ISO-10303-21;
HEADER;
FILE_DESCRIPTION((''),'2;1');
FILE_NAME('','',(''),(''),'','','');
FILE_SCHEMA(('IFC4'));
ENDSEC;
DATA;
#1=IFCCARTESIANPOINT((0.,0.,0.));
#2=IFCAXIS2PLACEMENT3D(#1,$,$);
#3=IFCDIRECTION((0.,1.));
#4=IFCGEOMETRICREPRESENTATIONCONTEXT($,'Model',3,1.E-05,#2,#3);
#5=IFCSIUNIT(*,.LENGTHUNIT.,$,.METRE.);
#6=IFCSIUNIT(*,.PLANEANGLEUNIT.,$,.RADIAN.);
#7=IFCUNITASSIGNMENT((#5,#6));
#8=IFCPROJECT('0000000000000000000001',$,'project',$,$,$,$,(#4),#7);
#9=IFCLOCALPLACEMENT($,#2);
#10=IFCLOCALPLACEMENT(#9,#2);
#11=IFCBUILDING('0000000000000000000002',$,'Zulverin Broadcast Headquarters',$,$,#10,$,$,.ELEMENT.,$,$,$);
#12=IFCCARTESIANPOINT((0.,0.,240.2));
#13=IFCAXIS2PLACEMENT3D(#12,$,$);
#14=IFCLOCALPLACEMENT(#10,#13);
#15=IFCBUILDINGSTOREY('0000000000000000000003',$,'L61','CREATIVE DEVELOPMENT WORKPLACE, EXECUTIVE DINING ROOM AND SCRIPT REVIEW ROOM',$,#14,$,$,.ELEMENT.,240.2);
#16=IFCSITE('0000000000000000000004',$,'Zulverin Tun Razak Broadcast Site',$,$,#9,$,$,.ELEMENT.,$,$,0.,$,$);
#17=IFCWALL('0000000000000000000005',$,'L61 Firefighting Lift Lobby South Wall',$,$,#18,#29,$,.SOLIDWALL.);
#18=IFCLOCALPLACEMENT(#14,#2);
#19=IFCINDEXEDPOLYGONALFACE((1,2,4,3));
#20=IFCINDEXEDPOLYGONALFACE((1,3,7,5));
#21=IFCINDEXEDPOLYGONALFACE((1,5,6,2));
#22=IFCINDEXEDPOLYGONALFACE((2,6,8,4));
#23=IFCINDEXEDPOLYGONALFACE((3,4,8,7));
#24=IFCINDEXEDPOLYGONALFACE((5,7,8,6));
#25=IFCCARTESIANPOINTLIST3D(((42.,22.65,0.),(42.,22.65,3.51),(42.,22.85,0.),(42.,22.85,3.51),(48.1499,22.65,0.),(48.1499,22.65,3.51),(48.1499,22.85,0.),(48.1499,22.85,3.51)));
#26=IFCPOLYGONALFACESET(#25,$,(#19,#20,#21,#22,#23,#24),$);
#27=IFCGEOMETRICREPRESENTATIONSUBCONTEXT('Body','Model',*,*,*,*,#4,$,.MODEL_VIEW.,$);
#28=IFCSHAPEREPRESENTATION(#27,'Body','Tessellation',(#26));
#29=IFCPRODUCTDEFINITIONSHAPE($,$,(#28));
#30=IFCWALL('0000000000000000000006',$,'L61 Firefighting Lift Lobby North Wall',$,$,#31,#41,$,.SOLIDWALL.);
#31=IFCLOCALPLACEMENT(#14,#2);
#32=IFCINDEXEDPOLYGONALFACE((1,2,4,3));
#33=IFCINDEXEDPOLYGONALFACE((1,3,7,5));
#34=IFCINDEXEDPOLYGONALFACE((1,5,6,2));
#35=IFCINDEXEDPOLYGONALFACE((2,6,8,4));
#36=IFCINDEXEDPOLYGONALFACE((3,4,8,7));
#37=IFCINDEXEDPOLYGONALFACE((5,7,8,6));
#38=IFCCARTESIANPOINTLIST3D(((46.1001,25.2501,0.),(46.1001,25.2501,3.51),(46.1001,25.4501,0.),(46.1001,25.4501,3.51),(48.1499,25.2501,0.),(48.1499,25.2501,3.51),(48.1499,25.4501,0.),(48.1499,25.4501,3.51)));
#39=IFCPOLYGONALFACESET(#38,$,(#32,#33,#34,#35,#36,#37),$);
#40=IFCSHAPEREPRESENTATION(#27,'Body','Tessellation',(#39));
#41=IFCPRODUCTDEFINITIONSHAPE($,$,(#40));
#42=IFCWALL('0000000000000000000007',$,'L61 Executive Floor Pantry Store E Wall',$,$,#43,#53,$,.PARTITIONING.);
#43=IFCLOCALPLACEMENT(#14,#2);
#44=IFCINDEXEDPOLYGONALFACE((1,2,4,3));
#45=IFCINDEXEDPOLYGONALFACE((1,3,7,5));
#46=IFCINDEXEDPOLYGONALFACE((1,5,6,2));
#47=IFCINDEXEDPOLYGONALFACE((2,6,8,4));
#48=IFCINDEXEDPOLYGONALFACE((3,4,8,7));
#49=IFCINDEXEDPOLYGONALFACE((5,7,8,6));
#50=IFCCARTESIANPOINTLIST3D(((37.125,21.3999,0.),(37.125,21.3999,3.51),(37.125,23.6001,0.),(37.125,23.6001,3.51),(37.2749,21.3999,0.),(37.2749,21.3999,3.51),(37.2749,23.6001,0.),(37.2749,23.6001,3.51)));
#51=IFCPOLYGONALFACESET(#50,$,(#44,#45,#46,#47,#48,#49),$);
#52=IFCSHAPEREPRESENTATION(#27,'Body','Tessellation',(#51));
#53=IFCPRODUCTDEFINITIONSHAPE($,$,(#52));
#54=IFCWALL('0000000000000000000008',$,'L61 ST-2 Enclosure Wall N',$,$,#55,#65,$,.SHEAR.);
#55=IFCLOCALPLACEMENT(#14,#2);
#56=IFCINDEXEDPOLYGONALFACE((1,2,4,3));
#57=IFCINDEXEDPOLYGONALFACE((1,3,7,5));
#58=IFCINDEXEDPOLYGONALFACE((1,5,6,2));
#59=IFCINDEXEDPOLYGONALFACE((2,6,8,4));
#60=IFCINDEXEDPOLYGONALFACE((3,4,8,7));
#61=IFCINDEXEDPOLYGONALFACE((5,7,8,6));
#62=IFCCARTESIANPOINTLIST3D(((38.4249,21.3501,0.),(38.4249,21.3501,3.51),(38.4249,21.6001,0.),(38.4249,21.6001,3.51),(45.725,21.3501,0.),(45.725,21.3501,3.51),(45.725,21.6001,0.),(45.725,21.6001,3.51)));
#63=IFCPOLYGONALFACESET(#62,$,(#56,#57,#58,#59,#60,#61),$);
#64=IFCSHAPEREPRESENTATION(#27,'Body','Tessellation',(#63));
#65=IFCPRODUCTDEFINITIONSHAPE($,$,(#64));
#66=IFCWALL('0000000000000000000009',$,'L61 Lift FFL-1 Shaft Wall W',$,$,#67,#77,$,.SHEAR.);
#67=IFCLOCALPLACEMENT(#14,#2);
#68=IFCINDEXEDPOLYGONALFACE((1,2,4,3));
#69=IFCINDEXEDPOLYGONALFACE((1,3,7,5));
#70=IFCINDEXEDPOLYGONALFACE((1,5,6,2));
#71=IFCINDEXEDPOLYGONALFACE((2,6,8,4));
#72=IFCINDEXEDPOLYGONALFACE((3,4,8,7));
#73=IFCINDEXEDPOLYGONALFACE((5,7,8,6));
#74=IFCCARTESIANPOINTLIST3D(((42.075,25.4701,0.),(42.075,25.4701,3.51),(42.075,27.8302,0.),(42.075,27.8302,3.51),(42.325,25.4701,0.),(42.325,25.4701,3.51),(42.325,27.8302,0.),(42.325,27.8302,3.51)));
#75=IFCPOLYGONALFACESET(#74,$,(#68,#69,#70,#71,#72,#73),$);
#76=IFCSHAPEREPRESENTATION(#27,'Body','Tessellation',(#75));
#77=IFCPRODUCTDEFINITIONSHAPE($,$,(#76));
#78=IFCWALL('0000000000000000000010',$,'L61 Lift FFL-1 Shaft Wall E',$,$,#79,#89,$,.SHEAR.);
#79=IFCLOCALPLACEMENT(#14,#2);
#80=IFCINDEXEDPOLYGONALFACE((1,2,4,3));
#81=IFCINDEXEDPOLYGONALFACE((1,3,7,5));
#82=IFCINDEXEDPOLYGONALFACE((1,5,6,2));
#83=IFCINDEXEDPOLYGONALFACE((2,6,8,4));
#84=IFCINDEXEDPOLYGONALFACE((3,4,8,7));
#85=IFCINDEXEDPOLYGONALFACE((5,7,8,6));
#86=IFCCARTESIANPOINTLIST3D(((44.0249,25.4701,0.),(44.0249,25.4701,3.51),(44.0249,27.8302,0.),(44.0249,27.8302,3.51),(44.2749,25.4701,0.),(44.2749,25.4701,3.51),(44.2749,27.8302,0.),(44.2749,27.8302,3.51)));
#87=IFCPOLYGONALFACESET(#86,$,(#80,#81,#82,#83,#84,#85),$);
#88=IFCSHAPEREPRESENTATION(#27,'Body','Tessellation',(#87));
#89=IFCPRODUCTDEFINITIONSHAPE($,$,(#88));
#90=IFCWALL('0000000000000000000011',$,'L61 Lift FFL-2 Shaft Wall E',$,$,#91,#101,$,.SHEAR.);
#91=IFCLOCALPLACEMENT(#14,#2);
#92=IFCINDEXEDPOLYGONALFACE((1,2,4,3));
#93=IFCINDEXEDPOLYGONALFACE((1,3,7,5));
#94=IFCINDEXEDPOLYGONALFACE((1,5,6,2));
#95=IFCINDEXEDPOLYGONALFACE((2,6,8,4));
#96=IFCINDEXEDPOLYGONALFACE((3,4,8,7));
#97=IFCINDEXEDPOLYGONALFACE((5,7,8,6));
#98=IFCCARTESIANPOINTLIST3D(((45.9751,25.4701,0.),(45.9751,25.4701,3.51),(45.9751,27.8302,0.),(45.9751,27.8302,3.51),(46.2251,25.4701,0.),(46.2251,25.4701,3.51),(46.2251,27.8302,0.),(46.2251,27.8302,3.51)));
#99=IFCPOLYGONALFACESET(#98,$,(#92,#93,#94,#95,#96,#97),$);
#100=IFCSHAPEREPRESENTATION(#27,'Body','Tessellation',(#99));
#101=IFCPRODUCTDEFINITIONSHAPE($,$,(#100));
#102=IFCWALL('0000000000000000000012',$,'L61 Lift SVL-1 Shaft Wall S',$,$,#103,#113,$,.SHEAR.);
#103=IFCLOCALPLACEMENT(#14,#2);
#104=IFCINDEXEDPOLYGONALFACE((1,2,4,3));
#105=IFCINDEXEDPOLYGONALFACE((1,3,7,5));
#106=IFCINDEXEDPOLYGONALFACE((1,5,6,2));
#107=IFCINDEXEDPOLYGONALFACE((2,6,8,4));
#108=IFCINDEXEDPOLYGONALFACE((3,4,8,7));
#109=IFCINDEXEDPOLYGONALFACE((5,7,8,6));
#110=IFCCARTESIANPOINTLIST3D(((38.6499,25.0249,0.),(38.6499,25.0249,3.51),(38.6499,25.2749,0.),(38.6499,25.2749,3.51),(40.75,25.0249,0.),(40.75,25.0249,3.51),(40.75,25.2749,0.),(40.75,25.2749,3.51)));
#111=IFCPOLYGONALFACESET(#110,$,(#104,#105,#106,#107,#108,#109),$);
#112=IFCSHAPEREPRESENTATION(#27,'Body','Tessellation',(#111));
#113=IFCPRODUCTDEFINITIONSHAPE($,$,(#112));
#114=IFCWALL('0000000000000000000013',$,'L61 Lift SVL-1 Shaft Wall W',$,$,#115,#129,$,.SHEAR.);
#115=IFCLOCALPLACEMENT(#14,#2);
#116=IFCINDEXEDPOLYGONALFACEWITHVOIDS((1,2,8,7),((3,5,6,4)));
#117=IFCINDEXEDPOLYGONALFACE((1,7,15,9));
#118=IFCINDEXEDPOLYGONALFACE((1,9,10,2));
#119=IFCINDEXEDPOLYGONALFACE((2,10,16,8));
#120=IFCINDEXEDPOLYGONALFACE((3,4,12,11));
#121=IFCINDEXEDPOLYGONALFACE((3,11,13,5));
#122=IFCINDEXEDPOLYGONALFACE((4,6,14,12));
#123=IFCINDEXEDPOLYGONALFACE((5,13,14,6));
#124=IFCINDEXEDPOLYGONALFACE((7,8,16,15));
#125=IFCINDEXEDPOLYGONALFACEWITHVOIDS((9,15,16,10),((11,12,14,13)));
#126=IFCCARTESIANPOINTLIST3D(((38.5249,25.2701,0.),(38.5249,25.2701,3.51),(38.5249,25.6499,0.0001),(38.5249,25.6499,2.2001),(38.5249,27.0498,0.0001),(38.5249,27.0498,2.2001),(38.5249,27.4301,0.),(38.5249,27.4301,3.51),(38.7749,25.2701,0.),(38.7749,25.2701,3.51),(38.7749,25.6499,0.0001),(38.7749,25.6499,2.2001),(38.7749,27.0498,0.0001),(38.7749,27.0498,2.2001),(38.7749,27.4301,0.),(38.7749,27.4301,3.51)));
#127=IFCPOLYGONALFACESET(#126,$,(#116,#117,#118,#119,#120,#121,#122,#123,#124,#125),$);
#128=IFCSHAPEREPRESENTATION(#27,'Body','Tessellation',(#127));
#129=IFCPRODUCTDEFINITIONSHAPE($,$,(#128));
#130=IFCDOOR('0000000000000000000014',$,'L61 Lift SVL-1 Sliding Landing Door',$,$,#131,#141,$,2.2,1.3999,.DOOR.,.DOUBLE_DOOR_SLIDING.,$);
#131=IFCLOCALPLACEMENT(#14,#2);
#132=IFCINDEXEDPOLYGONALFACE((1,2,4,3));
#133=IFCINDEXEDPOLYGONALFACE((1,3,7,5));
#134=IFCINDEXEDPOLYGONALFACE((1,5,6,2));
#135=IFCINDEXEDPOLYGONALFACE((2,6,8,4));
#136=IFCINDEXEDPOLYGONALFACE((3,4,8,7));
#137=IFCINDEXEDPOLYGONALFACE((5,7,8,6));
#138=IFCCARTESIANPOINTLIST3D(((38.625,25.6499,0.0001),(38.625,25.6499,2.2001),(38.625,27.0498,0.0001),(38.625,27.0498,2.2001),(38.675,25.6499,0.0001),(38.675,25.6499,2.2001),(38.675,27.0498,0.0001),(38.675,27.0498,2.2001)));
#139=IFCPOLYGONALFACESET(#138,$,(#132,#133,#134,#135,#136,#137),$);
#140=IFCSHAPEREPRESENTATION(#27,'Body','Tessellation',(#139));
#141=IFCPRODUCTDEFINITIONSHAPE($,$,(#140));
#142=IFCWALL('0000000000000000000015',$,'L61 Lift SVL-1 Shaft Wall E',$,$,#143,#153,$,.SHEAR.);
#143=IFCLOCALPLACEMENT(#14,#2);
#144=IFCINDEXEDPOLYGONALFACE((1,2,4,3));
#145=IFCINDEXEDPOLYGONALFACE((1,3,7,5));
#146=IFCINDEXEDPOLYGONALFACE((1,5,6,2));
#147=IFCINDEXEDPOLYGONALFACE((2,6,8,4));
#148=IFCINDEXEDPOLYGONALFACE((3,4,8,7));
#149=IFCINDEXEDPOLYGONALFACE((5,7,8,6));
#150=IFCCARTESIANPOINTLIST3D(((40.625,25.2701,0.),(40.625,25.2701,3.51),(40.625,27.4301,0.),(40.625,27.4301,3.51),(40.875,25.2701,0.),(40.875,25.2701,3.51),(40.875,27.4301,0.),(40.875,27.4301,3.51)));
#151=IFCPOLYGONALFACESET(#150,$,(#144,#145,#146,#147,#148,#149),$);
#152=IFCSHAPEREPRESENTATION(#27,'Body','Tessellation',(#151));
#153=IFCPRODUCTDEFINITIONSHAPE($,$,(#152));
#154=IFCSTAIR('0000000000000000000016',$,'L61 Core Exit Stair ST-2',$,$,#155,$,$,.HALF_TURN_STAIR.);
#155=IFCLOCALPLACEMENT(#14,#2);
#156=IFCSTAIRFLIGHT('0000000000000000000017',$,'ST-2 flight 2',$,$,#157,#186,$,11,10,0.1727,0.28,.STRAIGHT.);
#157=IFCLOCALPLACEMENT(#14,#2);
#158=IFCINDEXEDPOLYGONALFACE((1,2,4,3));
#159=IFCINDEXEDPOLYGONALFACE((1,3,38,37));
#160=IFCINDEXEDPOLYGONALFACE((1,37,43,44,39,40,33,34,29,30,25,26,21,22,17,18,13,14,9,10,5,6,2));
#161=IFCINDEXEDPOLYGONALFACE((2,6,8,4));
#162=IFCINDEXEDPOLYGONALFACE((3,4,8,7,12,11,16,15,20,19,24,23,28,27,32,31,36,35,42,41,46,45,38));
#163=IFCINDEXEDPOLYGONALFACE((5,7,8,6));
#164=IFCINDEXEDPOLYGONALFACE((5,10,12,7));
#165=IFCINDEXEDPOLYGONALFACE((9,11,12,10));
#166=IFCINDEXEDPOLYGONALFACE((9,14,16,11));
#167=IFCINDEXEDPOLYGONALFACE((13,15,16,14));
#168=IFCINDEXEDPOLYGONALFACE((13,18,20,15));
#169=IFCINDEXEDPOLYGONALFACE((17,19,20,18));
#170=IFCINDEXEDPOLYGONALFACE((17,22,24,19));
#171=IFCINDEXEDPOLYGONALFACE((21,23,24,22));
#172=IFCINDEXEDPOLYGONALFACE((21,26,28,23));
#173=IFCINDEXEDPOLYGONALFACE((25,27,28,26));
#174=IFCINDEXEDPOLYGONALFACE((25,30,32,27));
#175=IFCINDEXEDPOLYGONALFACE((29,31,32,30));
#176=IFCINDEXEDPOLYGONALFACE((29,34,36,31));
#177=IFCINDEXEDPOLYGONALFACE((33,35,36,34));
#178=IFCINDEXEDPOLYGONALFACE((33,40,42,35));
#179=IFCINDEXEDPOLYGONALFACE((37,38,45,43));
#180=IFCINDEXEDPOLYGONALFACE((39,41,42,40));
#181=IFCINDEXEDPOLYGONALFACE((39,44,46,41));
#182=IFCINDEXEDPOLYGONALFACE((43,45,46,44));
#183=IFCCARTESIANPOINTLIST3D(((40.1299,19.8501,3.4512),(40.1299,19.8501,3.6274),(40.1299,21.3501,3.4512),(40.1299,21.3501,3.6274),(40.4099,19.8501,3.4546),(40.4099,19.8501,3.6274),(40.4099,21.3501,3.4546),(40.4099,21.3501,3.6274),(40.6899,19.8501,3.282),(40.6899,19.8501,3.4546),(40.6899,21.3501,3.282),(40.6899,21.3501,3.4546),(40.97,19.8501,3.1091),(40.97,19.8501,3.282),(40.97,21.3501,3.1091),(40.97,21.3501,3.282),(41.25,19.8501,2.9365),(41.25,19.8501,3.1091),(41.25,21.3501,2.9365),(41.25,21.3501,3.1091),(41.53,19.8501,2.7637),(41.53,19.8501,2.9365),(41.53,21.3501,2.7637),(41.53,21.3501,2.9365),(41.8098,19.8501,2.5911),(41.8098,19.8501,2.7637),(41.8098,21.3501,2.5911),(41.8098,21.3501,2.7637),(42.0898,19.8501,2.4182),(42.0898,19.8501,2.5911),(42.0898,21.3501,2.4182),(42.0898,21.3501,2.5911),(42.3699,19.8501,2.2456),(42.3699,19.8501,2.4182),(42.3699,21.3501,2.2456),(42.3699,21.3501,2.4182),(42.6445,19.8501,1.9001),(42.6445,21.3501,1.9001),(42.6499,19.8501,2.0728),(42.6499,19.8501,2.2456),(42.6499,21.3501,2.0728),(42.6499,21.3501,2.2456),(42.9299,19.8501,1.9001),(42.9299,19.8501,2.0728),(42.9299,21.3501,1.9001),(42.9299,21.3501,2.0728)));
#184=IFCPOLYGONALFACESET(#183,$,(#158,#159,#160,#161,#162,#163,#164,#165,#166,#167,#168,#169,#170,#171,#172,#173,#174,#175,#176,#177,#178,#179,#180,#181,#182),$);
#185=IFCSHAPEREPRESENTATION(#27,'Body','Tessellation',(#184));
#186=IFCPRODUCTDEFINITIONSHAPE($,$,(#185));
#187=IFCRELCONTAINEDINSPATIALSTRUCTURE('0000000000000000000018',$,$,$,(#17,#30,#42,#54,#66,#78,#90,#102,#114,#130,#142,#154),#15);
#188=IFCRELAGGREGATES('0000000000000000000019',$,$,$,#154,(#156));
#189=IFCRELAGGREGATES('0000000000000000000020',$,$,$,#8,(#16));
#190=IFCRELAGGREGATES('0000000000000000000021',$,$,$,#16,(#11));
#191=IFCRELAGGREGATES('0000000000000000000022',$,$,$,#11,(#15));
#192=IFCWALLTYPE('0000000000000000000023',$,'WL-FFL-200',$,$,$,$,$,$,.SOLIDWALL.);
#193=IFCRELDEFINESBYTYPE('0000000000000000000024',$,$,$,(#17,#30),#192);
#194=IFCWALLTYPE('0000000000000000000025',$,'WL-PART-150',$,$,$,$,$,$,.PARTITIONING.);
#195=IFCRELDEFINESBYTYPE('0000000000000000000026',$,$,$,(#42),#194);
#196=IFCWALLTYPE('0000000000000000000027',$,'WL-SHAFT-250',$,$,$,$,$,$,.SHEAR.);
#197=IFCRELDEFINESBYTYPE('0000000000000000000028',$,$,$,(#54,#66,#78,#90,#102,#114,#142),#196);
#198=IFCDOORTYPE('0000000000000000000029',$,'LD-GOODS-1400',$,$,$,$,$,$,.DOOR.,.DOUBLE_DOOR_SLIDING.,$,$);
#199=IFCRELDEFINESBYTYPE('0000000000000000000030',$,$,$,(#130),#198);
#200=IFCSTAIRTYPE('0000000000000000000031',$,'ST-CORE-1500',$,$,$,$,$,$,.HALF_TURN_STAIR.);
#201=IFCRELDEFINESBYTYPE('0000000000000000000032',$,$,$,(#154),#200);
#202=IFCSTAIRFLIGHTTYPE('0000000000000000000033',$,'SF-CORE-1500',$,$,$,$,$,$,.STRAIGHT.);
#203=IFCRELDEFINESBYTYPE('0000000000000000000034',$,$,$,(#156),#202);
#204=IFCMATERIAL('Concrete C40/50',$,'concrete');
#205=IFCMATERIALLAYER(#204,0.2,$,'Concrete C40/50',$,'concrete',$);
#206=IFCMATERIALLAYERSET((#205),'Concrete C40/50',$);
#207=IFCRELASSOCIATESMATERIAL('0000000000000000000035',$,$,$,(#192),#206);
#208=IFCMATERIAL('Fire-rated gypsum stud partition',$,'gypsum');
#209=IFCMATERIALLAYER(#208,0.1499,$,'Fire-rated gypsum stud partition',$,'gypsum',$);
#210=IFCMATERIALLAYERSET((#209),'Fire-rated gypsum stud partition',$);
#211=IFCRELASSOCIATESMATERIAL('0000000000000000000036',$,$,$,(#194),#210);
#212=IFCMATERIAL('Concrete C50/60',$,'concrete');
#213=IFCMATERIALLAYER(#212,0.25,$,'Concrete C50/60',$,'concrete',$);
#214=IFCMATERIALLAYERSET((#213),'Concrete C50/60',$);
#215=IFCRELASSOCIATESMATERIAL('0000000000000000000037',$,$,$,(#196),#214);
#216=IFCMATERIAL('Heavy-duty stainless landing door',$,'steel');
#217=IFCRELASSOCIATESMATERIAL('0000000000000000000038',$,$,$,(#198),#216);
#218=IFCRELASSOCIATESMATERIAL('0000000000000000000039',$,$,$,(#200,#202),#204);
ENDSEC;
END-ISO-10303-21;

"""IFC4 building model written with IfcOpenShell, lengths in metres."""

from ifc_helpers import new_model, si_unit, direction, frame, frame_2d, origin, place, context, subcontext, project, spatial, polyline, rectangle, outline, extrude, material, layer, layer_set, type_object, element, fill, aggregate, save


model = new_model("IFC4")

# Units and contexts
model_context = context("Model", 3, precision=1e-05, world=origin(), true_north=direction((0.0, 1.0)))
body_context = subcontext(model_context, "Body", "Model", "MODEL_VIEW")
ifc_project = project(units=[si_unit("LENGTHUNIT", "METRE"), si_unit("PLANEANGLEUNIT", "RADIAN")], contexts=[model_context])

# Site, building, storey
site_placement = place(None, origin())
site = spatial("IfcSite", under=ifc_project, at=site_placement, Name="Zulverin Tun Razak Broadcast Site", CompositionType="ELEMENT", RefElevation=0.0)
building_placement = place(site_placement, origin())
building = spatial("IfcBuilding", under=site, at=building_placement, Name="Zulverin Broadcast Headquarters", CompositionType="ELEMENT")
storey_placement = place(building_placement, frame((0.0, 0.0, 240.2)))
storey = spatial("IfcBuildingStorey", under=building, at=storey_placement, Name="L61", Description="CREATIVE DEVELOPMENT WORKPLACE, EXECUTIVE DINING ROOM AND SCRIPT REVIEW ROOM", CompositionType="ELEMENT", Elevation=240.2)

# Shared definitions
ifc_material_1 = material(Name="Concrete C40/50", Category="concrete")
ifc_layer_1 = layer(ifc_material_1, 0.2, Name="Concrete C40/50", Category="concrete")
ifc_layer_set_1 = layer_set([ifc_layer_1], Name="Concrete C40/50")
wall_type_1 = type_object("IfcWallType", Name="WL-FFL-200", PredefinedType="SOLIDWALL", material=ifc_layer_set_1)

# Walls
wall_1_placement = place(storey_placement, frame((42.0, 22.75, 0.0), z_axis=(0.0, 0.0, 1.0), x_axis=(1.0, 0.0, 0.0)))
element("IfcWall", 1, at=wall_1_placement, inside=storey, type_object=wall_type_1, Name="L61 Firefighting Lift Lobby South Wall", PredefinedType="SOLIDWALL", context=body_context, shape_type="SweptSolid", body=[
    extrude(rectangle(XDim=6.1499, YDim=0.2, at=frame_2d((3.075, 0.0))), origin(), (0.0, 0.0, 1.0), 3.51),
])
wall_2_placement = place(storey_placement, frame((46.1001, 25.3501, 0.0), z_axis=(0.0, 0.0, 1.0), x_axis=(1.0, 0.0, 0.0)))
element("IfcWall", 2, at=wall_2_placement, inside=storey, type_object=wall_type_1, Name="L61 Firefighting Lift Lobby North Wall", PredefinedType="SOLIDWALL", context=body_context, shape_type="SweptSolid", body=[
    extrude(rectangle(XDim=2.0498, YDim=0.2, at=frame_2d((1.0249, 0.0))), origin(), (0.0, 0.0, 1.0), 3.51),
])

# Walls
ifc_material_2 = material(Name="Fire-rated gypsum stud partition", Category="gypsum")
ifc_layer_2 = layer(ifc_material_2, 0.1499, Name="Fire-rated gypsum stud partition", Category="gypsum")
ifc_layer_set_2 = layer_set([ifc_layer_2], Name="Fire-rated gypsum stud partition")
wall_type_2 = type_object("IfcWallType", Name="WL-PART-150", PredefinedType="PARTITIONING", material=ifc_layer_set_2)
wall_3_placement = place(storey_placement, frame((37.2, 21.3999, 0.0), z_axis=(0.0, 0.0, 1.0), x_axis=(0.0, 1.0, 0.0)))
element("IfcWall", 3, at=wall_3_placement, inside=storey, type_object=wall_type_2, Name="L61 Executive Floor Pantry Store E Wall", PredefinedType="PARTITIONING", context=body_context, shape_type="SweptSolid", body=[
    extrude(rectangle(XDim=2.2002, YDim=0.1499, at=frame_2d((1.1001, 0.0))), origin(), (0.0, 0.0, 1.0), 3.51),
])
ifc_material_3 = material(Name="Concrete C50/60", Category="concrete")
ifc_layer_3 = layer(ifc_material_3, 0.25, Name="Concrete C50/60", Category="concrete")
ifc_layer_set_3 = layer_set([ifc_layer_3], Name="Concrete C50/60")
wall_type_3 = type_object("IfcWallType", Name="WL-SHAFT-250", PredefinedType="SHEAR", material=ifc_layer_set_3)
wall_4_placement = place(storey_placement, frame((38.425, 21.4751, 0.0), z_axis=(0.0, 0.0, 1.0), x_axis=(1.0, 0.0, 0.0)))
element("IfcWall", 4, at=wall_4_placement, inside=storey, type_object=wall_type_3, Name="L61 ST-2 Enclosure Wall N", PredefinedType="SHEAR", context=body_context, shape_type="SweptSolid", body=[
    extrude(rectangle(XDim=7.3, YDim=0.25, at=frame_2d((3.6499, 0.0))), origin(), (0.0, 0.0, 1.0), 3.51),
])

# Walls
for number, where, z_axis, x_axis, name in (
    (5, (42.2, 25.47, 0.0), (0.0, 0.0, 1.0), (0.0, 1.0, 0.0), "L61 Lift FFL-1 Shaft Wall W"),
    (6, (44.1499, 25.47, 0.0), (0.0, 0.0, 1.0), (0.0, 1.0, 0.0), "L61 Lift FFL-1 Shaft Wall E"),
):
    element("IfcWall", number, at=place(storey_placement, frame(where, z_axis=z_axis, x_axis=x_axis)), inside=storey, type_object=wall_type_3, Name=name, PredefinedType="SHEAR", context=body_context, shape_type="SweptSolid", body=[
        extrude(rectangle(XDim=2.3601, YDim=0.25, at=frame_2d((1.1802, 0.0))), origin(), (0.0, 0.0, 1.0), 3.51),
    ])

# Walls
wall_5_placement = place(storey_placement, frame((46.1001, 25.47, 0.0), z_axis=(0.0, 0.0, 1.0), x_axis=(0.0, 1.0, 0.0)))
element("IfcWall", 7, at=wall_5_placement, inside=storey, type_object=wall_type_3, Name="L61 Lift FFL-2 Shaft Wall E", PredefinedType="SHEAR", context=body_context, shape_type="SweptSolid", body=[
    extrude(rectangle(XDim=2.3601, YDim=0.25, at=frame_2d((1.1802, 0.0))), origin(), (0.0, 0.0, 1.0), 3.51),
])
wall_6_placement = place(storey_placement, frame((38.6499, 25.1499, 0.0), z_axis=(0.0, 0.0, 1.0), x_axis=(1.0, 0.0, 0.0)))
element("IfcWall", 8, at=wall_6_placement, inside=storey, type_object=wall_type_3, Name="L61 Lift SVL-1 Shaft Wall S", PredefinedType="SHEAR", context=body_context, shape_type="SweptSolid", body=[
    extrude(rectangle(XDim=2.1001, YDim=0.25, at=frame_2d((1.05, 0.0))), origin(), (0.0, 0.0, 1.0), 3.51),
])

# Wall, opening, door
wall_7_placement = place(storey_placement, frame((38.6499, 25.27, 0.0), z_axis=(0.0, 0.0, 1.0), x_axis=(0.0, 1.0, 0.0)))
wall_7 = element("IfcWall", 9, at=wall_7_placement, inside=storey, type_object=wall_type_3, Name="L61 Lift SVL-1 Shaft Wall W", PredefinedType="SHEAR", context=body_context, shape_type="SweptSolid", body=[
    extrude(rectangle(XDim=2.1599, YDim=0.25, at=frame_2d((1.0801, 0.0))), origin(), (0.0, 0.0, 1.0), 3.51),
])
opening_1_placement = place(wall_7_placement, frame((0.3799, 0.0, 0.0)))
opening_1 = element("IfcOpeningElement", 10, at=opening_1_placement, cuts=wall_7, PredefinedType="OPENING", context=body_context, shape_type="SweptSolid", body=[
    extrude(rectangle(XDim=1.3999, YDim=2.2, at=frame_2d((0.7, 1.1001))), frame((0.0, 0.135, 0.0), z_axis=(0.0, -1.0, 0.0), x_axis=(1.0, 0.0, 0.0)), (0.0, 0.0, 1.0), 0.27),
])
ifc_material_4 = material(Name="Heavy-duty stainless landing door", Category="steel")
door_type_1 = type_object("IfcDoorType", Name="LD-GOODS-1400", OperationType="DOUBLE_DOOR_SLIDING", PredefinedType="DOOR", material=ifc_material_4)
door_1_placement = place(opening_1_placement, origin())
door_1 = element("IfcDoor", 11, at=door_1_placement, inside=storey, type_object=door_type_1, Name="L61 Lift SVL-1 Sliding Landing Door", OperationType="DOUBLE_DOOR_SLIDING", OverallHeight=2.2, OverallWidth=1.3999, PredefinedType="DOOR", context=body_context, shape_type="SweptSolid", body=[
    extrude(rectangle(XDim=1.3999, YDim=2.2, at=frame_2d((0.7, 1.1001))), frame((0.0, 0.0249, 0.0), z_axis=(0.0, -1.0, 0.0), x_axis=(1.0, 0.0, 0.0)), (0.0, 0.0, 1.0), 0.05),
])
fill(opening_1, door_1)

# Wall
wall_8_placement = place(storey_placement, frame((40.75, 25.27, 0.0), z_axis=(0.0, 0.0, 1.0), x_axis=(0.0, 1.0, 0.0)))
element("IfcWall", 12, at=wall_8_placement, inside=storey, type_object=wall_type_3, Name="L61 Lift SVL-1 Shaft Wall E", PredefinedType="SHEAR", context=body_context, shape_type="SweptSolid", body=[
    extrude(rectangle(XDim=2.1599, YDim=0.25, at=frame_2d((1.0801, 0.0))), origin(), (0.0, 0.0, 1.0), 3.51),
])

# Stair, stair flight
stair_type = type_object("IfcStairType", Name="ST-CORE-1500", PredefinedType="HALF_TURN_STAIR", material=ifc_material_1)
stair_placement = place(storey_placement, origin())
stair = element("IfcStair", 13, at=stair_placement, inside=storey, type_object=stair_type, Name="L61 Core Exit Stair ST-2", PredefinedType="HALF_TURN_STAIR")
stair_flight_type = type_object("IfcStairFlightType", Name="SF-CORE-1500", PredefinedType="STRAIGHT", material=ifc_material_1)
stair_flight_placement = place(storey_placement, frame((42.9299, 20.6001, 1.9001), z_axis=(0.0, 0.0, 1.0), x_axis=(-1.0, 0.0, 0.0)))
stair_flight = element("IfcStairFlight", 14, at=stair_flight_placement, type_object=stair_flight_type, Name="ST-2 flight 2", NumberOfRisers=11, NumberOfTreads=10, PredefinedType="STRAIGHT", RiserHeight=0.1727, TreadLength=0.28, context=body_context, shape_type="SweptSolid", body=[
    extrude(outline(polyline([(0.0, 0.0), (0.0, 0.1726), (0.28, 0.1726), (0.28, 0.3455), (0.5601, 0.3455), (0.5601, 0.5181), (0.8401, 0.5181), (0.8401, 0.6909), (1.1201, 0.6909), (1.1201, 0.8635), (1.3999, 0.8635), (1.3999, 1.0364), (1.6799, 1.0364), (1.6799, 1.209), (1.96, 1.209), (1.96, 1.3818), (2.24, 1.3818), (2.24, 1.5544), (2.52, 1.5544), (2.52, 1.7273), (2.8, 1.7273), (2.8, 1.8999), (2.8, 1.551), (0.2854, 0.0), (0.0, 0.0)])), frame((0.0, 0.75, 0.0), z_axis=(0.0, -1.0, 0.0), x_axis=(1.0, 0.0, 0.0)), (0.0, 0.0, 1.0), 1.5),
])
aggregate(stair, [stair_flight])

save(model, "model.ifc")
